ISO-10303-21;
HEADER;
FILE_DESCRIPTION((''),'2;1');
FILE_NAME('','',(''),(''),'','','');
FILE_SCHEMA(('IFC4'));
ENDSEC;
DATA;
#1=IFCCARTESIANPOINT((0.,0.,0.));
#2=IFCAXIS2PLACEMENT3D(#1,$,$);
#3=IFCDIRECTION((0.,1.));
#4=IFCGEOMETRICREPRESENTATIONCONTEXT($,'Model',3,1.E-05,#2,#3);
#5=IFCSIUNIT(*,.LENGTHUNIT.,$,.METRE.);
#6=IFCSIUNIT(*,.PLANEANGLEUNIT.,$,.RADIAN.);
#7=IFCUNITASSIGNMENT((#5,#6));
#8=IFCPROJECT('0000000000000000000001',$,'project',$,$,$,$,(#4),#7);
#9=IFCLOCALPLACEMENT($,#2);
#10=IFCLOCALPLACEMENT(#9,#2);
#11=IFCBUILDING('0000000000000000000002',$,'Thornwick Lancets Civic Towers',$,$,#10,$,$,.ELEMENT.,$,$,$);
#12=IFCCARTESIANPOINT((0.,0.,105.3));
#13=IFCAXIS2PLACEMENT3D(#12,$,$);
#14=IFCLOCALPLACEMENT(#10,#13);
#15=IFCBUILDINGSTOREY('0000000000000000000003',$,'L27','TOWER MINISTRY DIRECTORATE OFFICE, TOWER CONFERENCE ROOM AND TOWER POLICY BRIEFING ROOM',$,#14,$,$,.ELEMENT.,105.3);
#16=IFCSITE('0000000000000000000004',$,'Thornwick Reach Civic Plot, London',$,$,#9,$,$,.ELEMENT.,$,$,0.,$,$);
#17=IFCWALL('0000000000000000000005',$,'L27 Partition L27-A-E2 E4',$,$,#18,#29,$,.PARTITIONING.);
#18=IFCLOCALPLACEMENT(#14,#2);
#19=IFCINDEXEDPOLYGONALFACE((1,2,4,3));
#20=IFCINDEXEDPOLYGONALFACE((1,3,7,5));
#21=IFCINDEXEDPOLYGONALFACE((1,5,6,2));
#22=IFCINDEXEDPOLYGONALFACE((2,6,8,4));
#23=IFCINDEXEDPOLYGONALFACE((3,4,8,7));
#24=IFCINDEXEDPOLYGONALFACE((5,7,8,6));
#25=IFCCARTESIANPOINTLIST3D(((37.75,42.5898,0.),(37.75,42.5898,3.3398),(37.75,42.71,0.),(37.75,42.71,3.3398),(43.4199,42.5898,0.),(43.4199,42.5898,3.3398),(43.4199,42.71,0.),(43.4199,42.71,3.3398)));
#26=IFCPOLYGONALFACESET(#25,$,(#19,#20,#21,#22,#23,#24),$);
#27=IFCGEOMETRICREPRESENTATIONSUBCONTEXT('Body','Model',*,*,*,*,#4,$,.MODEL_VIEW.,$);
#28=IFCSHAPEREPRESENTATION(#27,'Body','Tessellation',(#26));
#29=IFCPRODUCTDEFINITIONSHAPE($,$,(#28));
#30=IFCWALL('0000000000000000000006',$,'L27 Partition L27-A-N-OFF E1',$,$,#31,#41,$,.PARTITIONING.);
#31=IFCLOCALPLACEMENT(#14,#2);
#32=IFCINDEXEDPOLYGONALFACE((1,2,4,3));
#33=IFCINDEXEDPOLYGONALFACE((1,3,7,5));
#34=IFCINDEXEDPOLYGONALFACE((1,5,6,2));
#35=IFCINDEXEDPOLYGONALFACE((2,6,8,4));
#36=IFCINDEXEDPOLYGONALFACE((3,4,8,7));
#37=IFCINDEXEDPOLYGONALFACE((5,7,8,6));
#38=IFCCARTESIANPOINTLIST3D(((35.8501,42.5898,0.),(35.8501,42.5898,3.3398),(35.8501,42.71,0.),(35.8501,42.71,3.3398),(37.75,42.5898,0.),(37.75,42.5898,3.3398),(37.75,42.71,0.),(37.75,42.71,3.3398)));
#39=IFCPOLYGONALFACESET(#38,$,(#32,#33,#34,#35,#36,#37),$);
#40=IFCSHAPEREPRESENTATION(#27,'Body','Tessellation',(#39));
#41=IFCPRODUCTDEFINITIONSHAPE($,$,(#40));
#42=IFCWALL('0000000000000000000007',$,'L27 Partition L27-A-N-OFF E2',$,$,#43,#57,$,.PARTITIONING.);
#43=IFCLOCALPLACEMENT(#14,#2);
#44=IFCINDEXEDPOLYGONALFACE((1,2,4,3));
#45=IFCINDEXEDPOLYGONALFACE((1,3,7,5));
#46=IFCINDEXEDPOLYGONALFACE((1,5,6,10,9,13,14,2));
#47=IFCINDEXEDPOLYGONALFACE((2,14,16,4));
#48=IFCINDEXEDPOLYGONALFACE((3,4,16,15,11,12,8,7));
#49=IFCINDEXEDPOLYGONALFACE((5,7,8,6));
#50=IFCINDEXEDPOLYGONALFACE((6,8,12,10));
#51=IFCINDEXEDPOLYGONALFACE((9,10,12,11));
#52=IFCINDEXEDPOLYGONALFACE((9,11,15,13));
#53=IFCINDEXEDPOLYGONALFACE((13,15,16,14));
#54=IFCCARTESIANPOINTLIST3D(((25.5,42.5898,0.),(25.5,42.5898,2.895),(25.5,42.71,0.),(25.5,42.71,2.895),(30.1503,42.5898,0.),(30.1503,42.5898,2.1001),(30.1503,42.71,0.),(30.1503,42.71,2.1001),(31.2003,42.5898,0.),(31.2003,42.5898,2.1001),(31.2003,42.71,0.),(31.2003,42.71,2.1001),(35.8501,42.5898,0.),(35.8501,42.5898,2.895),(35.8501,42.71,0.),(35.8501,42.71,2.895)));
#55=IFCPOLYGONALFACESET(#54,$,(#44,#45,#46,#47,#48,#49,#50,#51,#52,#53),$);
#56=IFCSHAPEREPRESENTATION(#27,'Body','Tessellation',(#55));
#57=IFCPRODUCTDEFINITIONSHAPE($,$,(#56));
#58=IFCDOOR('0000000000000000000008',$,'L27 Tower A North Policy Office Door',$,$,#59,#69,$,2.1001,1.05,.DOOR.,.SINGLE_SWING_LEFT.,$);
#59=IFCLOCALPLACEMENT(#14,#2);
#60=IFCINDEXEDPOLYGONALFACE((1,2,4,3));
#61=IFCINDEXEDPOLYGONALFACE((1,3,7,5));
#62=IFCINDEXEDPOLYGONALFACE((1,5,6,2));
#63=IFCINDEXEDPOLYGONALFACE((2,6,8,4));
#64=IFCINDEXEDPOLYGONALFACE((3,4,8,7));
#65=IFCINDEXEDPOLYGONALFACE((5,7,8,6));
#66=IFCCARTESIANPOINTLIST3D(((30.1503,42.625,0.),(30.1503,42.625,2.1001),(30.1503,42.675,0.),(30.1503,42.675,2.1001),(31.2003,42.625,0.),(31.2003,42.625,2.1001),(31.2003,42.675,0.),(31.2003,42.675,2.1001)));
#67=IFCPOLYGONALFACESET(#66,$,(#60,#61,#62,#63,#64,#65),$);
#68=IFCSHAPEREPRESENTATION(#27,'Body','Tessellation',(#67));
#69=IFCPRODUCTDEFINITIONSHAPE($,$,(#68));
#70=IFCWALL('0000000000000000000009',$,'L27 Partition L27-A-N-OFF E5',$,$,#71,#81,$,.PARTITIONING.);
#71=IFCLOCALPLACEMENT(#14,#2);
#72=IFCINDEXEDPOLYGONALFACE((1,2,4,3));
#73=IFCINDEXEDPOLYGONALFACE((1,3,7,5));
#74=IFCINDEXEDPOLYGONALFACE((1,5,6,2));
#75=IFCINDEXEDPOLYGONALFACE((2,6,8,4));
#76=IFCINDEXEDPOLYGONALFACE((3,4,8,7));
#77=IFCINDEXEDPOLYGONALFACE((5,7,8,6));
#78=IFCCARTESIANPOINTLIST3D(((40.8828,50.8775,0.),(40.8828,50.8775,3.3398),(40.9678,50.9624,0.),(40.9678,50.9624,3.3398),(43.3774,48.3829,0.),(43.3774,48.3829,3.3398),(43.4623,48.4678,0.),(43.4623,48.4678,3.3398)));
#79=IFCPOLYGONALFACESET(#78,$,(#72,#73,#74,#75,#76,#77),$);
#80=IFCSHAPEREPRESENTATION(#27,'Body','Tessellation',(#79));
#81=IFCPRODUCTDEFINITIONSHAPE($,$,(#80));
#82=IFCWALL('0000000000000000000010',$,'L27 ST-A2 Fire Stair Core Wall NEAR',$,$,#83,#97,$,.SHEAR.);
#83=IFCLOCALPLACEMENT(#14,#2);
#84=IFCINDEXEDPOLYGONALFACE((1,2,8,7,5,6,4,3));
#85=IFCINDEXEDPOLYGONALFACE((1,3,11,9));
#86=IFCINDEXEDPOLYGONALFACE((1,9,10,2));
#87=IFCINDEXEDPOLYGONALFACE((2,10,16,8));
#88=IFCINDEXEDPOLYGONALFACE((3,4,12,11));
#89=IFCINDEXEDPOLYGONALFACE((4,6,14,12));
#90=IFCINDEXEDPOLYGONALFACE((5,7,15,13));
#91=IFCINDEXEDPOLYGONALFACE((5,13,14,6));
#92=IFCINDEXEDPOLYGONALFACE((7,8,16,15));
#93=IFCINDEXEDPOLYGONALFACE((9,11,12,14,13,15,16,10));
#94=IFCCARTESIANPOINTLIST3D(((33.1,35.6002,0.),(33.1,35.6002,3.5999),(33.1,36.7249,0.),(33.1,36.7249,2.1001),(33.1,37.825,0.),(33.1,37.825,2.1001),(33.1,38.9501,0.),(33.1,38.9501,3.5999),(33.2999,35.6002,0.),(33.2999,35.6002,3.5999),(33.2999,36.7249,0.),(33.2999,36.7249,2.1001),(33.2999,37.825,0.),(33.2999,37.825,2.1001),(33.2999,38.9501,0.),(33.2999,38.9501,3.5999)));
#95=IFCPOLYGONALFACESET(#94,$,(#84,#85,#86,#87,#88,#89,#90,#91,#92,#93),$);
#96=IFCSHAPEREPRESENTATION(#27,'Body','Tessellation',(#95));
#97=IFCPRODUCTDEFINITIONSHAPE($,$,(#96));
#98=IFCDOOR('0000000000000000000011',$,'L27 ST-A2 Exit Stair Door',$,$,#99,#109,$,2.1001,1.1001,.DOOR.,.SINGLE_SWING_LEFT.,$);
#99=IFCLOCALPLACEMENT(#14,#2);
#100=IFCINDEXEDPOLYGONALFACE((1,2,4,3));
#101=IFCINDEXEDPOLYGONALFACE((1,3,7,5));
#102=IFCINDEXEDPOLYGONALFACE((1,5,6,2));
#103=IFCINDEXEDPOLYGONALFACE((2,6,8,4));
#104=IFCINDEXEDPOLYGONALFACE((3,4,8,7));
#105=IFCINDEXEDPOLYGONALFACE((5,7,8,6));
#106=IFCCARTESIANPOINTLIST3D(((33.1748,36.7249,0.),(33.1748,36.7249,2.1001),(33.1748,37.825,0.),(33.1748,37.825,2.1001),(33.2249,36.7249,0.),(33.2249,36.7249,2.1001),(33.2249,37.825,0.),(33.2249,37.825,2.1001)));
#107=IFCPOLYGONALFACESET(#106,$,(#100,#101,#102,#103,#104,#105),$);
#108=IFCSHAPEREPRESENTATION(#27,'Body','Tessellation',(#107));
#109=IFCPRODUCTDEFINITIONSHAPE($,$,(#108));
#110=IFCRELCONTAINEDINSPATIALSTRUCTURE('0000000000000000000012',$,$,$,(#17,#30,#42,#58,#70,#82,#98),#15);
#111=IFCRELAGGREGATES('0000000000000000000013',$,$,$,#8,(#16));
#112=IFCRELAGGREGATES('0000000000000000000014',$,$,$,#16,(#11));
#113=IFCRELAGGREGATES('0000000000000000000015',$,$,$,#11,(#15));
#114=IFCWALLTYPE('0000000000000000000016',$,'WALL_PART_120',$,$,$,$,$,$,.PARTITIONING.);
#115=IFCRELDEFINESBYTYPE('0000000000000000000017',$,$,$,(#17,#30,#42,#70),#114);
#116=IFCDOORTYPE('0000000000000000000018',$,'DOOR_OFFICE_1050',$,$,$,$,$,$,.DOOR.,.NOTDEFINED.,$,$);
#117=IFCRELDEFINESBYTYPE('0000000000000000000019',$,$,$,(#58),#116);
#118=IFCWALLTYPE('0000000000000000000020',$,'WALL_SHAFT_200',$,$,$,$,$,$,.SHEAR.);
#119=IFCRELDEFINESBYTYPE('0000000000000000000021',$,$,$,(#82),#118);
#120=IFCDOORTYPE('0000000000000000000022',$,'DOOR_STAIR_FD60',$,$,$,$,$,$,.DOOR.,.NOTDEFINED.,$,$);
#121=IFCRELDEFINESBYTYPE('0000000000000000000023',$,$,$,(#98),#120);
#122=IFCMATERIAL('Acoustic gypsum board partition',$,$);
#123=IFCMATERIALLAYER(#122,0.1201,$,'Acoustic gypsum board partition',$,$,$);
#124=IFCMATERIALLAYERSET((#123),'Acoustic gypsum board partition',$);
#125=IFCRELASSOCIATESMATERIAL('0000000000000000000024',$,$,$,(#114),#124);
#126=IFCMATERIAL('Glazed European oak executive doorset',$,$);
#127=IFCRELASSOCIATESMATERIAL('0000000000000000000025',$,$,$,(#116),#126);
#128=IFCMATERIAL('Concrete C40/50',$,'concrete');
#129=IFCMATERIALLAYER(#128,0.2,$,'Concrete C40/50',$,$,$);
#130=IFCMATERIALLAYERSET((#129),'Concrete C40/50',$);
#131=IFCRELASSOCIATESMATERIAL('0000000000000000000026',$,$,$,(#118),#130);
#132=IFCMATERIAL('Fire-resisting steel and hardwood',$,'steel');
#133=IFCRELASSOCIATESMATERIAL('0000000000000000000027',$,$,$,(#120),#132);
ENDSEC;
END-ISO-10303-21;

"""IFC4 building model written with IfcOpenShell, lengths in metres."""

from ifc_helpers import new_model, si_unit, direction, frame, frame_2d, origin, place, context, subcontext, project, spatial, rectangle, extrude, material, layer, layer_set, type_object, element, fill, save


model = new_model("IFC4")

# Units and contexts
model_context = context("Model", 3, precision=1e-05, world=origin(), true_north=direction((0.0, 1.0)))
body_context = subcontext(model_context, "Body", "Model", "MODEL_VIEW")
ifc_project = project(units=[si_unit("LENGTHUNIT", "METRE"), si_unit("PLANEANGLEUNIT", "RADIAN")], contexts=[model_context])

# Site, building, storey
site_placement = place(None, origin())
site = spatial("IfcSite", under=ifc_project, at=site_placement, Name="Thornwick Reach Civic Plot, London", CompositionType="ELEMENT", RefElevation=0.0)
building_placement = place(site_placement, origin())
building = spatial("IfcBuilding", under=site, at=building_placement, Name="Thornwick Lancets Civic Towers", CompositionType="ELEMENT")
storey_placement = place(building_placement, frame((0.0, 0.0, 105.3)))
storey = spatial("IfcBuildingStorey", under=building, at=storey_placement, Name="L27", Description="TOWER MINISTRY DIRECTORATE OFFICE, TOWER CONFERENCE ROOM AND TOWER POLICY BRIEFING ROOM", CompositionType="ELEMENT", Elevation=105.3)

# Walls
ifc_material_1 = material(Name="Acoustic gypsum board partition")
ifc_layer_1 = layer(ifc_material_1, 0.1201, Name="Acoustic gypsum board partition")
ifc_layer_set_1 = layer_set([ifc_layer_1], Name="Acoustic gypsum board partition")
wall_type_1 = type_object("IfcWallType", Name="WALL_PART_120", PredefinedType="PARTITIONING", material=ifc_layer_set_1)
wall_1_placement = place(storey_placement, frame((37.75, 42.6499, 0.0), z_axis=(0.0, 0.0, 1.0), x_axis=(1.0, 0.0, 0.0)))
element("IfcWall", 1, at=wall_1_placement, inside=storey, type_object=wall_type_1, Name="L27 Partition L27-A-E2 E4", PredefinedType="PARTITIONING", context=body_context, shape_type="SweptSolid", body=[
    extrude(rectangle(XDim=5.6699, YDim=0.1201, at=frame_2d((2.835, 0.0))), origin(), (0.0, 0.0, 1.0), 3.3398),
])
wall_2_placement = place(storey_placement, frame((37.75, 42.6499, 0.0), z_axis=(0.0, 0.0, 1.0), x_axis=(-1.0, 0.0, 0.0)))
element("IfcWall", 2, at=wall_2_placement, inside=storey, type_object=wall_type_1, Name="L27 Partition L27-A-N-OFF E1", PredefinedType="PARTITIONING", context=body_context, shape_type="SweptSolid", body=[
    extrude(rectangle(XDim=1.8999, YDim=0.1201, at=frame_2d((0.95, 0.0))), origin(), (0.0, 0.0, 1.0), 3.3398),
])

# Wall, opening, door
wall_3_placement = place(storey_placement, frame((35.8501, 42.6499, 0.0), z_axis=(0.0, 0.0, 1.0), x_axis=(-1.0, 0.0, 0.0)))
wall_3 = element("IfcWall", 3, at=wall_3_placement, inside=storey, type_object=wall_type_1, Name="L27 Partition L27-A-N-OFF E2", PredefinedType="PARTITIONING", context=body_context, shape_type="SweptSolid", body=[
    extrude(rectangle(XDim=10.3501, YDim=0.1201, at=frame_2d((5.175, 0.0))), origin(), (0.0, 0.0, 1.0), 2.895),
])
opening_1_placement = place(wall_3_placement, frame((4.6499, 0.0, 0.0)))
opening_1 = element("IfcOpeningElement", 4, at=opening_1_placement, cuts=wall_3, PredefinedType="OPENING", context=body_context, shape_type="SweptSolid", body=[
    extrude(rectangle(XDim=1.05, YDim=2.1001, at=frame_2d((0.5249, 1.05))), frame((0.0, 0.0701, 0.0), z_axis=(0.0, -1.0, 0.0), x_axis=(1.0, 0.0, 0.0)), (0.0, 0.0, 1.0), 0.1401),
])
ifc_material_2 = material(Name="Glazed European oak executive doorset")
door_type_1 = type_object("IfcDoorType", Name="DOOR_OFFICE_1050", OperationType="NOTDEFINED", PredefinedType="DOOR", material=ifc_material_2)
door_1_placement = place(opening_1_placement, origin())
door_1 = element("IfcDoor", 5, at=door_1_placement, inside=storey, type_object=door_type_1, Name="L27 Tower A North Policy Office Door", OperationType="SINGLE_SWING_LEFT", OverallHeight=2.1001, OverallWidth=1.05, PredefinedType="DOOR", context=body_context, shape_type="SweptSolid", body=[
    extrude(rectangle(XDim=1.05, YDim=2.1001, at=frame_2d((0.5249, 1.05))), frame((0.0, 0.0249, 0.0), z_axis=(0.0, -1.0, 0.0), x_axis=(1.0, 0.0, 0.0)), (0.0, 0.0, 1.0), 0.05),
])
fill(opening_1, door_1)

# Wall
wall_4_placement = place(storey_placement, frame((40.9253, 50.9199, 0.0), z_axis=(0.0, 0.0, 1.0), x_axis=(0.707107, -0.707107, 0.0)))
element("IfcWall", 6, at=wall_4_placement, inside=storey, type_object=wall_type_1, Name="L27 Partition L27-A-N-OFF E5", PredefinedType="PARTITIONING", context=body_context, shape_type="SweptSolid", body=[
    extrude(rectangle(XDim=3.5278, YDim=0.1201, at=frame_2d((1.7639, 0.0))), origin(), (0.0, 0.0, 1.0), 3.3398),
])

# Wall, opening, door
ifc_material_3 = material(Name="Concrete C40/50", Category="concrete")
ifc_layer_2 = layer(ifc_material_3, 0.2, Name="Concrete C40/50")
ifc_layer_set_2 = layer_set([ifc_layer_2], Name="Concrete C40/50")
wall_type_2 = type_object("IfcWallType", Name="WALL_SHAFT_200", PredefinedType="SHEAR", material=ifc_layer_set_2)
wall_5_placement = place(storey_placement, frame((33.2, 38.95, 0.0), z_axis=(0.0, 0.0, 1.0), x_axis=(0.0, -1.0, 0.0)))
wall_5 = element("IfcWall", 7, at=wall_5_placement, inside=storey, type_object=wall_type_2, Name="L27 ST-A2 Fire Stair Core Wall NEAR", PredefinedType="SHEAR", context=body_context, shape_type="SweptSolid", body=[
    extrude(rectangle(XDim=3.3499, YDim=0.2, at=frame_2d((1.6748, 0.0))), origin(), (0.0, 0.0, 1.0), 3.5999),
])
opening_2_placement = place(wall_5_placement, frame((1.125, 0.0, 0.0)))
opening_2 = element("IfcOpeningElement", 8, at=opening_2_placement, cuts=wall_5, PredefinedType="OPENING", context=body_context, shape_type="SweptSolid", body=[
    extrude(rectangle(XDim=1.1001, YDim=2.1001, at=frame_2d((0.55, 1.05))), frame((0.0, 0.1099, 0.0), z_axis=(0.0, -1.0, 0.0), x_axis=(1.0, 0.0, 0.0)), (0.0, 0.0, 1.0), 0.22),
])
ifc_material_4 = material(Name="Fire-resisting steel and hardwood", Category="steel")
door_type_2 = type_object("IfcDoorType", Name="DOOR_STAIR_FD60", OperationType="NOTDEFINED", PredefinedType="DOOR", material=ifc_material_4)
door_2_placement = place(opening_2_placement, origin())
door_2 = element("IfcDoor", 9, at=door_2_placement, inside=storey, type_object=door_type_2, Name="L27 ST-A2 Exit Stair Door", OperationType="SINGLE_SWING_LEFT", OverallHeight=2.1001, OverallWidth=1.1001, PredefinedType="DOOR", context=body_context, shape_type="SweptSolid", body=[
    extrude(rectangle(XDim=1.1001, YDim=2.1001, at=frame_2d((0.55, 1.05))), frame((0.0, 0.0249, 0.0), z_axis=(0.0, -1.0, 0.0), x_axis=(1.0, 0.0, 0.0)), (0.0, 0.0, 1.0), 0.05),
])
fill(opening_2, door_2)

save(model, "model.ifc")
